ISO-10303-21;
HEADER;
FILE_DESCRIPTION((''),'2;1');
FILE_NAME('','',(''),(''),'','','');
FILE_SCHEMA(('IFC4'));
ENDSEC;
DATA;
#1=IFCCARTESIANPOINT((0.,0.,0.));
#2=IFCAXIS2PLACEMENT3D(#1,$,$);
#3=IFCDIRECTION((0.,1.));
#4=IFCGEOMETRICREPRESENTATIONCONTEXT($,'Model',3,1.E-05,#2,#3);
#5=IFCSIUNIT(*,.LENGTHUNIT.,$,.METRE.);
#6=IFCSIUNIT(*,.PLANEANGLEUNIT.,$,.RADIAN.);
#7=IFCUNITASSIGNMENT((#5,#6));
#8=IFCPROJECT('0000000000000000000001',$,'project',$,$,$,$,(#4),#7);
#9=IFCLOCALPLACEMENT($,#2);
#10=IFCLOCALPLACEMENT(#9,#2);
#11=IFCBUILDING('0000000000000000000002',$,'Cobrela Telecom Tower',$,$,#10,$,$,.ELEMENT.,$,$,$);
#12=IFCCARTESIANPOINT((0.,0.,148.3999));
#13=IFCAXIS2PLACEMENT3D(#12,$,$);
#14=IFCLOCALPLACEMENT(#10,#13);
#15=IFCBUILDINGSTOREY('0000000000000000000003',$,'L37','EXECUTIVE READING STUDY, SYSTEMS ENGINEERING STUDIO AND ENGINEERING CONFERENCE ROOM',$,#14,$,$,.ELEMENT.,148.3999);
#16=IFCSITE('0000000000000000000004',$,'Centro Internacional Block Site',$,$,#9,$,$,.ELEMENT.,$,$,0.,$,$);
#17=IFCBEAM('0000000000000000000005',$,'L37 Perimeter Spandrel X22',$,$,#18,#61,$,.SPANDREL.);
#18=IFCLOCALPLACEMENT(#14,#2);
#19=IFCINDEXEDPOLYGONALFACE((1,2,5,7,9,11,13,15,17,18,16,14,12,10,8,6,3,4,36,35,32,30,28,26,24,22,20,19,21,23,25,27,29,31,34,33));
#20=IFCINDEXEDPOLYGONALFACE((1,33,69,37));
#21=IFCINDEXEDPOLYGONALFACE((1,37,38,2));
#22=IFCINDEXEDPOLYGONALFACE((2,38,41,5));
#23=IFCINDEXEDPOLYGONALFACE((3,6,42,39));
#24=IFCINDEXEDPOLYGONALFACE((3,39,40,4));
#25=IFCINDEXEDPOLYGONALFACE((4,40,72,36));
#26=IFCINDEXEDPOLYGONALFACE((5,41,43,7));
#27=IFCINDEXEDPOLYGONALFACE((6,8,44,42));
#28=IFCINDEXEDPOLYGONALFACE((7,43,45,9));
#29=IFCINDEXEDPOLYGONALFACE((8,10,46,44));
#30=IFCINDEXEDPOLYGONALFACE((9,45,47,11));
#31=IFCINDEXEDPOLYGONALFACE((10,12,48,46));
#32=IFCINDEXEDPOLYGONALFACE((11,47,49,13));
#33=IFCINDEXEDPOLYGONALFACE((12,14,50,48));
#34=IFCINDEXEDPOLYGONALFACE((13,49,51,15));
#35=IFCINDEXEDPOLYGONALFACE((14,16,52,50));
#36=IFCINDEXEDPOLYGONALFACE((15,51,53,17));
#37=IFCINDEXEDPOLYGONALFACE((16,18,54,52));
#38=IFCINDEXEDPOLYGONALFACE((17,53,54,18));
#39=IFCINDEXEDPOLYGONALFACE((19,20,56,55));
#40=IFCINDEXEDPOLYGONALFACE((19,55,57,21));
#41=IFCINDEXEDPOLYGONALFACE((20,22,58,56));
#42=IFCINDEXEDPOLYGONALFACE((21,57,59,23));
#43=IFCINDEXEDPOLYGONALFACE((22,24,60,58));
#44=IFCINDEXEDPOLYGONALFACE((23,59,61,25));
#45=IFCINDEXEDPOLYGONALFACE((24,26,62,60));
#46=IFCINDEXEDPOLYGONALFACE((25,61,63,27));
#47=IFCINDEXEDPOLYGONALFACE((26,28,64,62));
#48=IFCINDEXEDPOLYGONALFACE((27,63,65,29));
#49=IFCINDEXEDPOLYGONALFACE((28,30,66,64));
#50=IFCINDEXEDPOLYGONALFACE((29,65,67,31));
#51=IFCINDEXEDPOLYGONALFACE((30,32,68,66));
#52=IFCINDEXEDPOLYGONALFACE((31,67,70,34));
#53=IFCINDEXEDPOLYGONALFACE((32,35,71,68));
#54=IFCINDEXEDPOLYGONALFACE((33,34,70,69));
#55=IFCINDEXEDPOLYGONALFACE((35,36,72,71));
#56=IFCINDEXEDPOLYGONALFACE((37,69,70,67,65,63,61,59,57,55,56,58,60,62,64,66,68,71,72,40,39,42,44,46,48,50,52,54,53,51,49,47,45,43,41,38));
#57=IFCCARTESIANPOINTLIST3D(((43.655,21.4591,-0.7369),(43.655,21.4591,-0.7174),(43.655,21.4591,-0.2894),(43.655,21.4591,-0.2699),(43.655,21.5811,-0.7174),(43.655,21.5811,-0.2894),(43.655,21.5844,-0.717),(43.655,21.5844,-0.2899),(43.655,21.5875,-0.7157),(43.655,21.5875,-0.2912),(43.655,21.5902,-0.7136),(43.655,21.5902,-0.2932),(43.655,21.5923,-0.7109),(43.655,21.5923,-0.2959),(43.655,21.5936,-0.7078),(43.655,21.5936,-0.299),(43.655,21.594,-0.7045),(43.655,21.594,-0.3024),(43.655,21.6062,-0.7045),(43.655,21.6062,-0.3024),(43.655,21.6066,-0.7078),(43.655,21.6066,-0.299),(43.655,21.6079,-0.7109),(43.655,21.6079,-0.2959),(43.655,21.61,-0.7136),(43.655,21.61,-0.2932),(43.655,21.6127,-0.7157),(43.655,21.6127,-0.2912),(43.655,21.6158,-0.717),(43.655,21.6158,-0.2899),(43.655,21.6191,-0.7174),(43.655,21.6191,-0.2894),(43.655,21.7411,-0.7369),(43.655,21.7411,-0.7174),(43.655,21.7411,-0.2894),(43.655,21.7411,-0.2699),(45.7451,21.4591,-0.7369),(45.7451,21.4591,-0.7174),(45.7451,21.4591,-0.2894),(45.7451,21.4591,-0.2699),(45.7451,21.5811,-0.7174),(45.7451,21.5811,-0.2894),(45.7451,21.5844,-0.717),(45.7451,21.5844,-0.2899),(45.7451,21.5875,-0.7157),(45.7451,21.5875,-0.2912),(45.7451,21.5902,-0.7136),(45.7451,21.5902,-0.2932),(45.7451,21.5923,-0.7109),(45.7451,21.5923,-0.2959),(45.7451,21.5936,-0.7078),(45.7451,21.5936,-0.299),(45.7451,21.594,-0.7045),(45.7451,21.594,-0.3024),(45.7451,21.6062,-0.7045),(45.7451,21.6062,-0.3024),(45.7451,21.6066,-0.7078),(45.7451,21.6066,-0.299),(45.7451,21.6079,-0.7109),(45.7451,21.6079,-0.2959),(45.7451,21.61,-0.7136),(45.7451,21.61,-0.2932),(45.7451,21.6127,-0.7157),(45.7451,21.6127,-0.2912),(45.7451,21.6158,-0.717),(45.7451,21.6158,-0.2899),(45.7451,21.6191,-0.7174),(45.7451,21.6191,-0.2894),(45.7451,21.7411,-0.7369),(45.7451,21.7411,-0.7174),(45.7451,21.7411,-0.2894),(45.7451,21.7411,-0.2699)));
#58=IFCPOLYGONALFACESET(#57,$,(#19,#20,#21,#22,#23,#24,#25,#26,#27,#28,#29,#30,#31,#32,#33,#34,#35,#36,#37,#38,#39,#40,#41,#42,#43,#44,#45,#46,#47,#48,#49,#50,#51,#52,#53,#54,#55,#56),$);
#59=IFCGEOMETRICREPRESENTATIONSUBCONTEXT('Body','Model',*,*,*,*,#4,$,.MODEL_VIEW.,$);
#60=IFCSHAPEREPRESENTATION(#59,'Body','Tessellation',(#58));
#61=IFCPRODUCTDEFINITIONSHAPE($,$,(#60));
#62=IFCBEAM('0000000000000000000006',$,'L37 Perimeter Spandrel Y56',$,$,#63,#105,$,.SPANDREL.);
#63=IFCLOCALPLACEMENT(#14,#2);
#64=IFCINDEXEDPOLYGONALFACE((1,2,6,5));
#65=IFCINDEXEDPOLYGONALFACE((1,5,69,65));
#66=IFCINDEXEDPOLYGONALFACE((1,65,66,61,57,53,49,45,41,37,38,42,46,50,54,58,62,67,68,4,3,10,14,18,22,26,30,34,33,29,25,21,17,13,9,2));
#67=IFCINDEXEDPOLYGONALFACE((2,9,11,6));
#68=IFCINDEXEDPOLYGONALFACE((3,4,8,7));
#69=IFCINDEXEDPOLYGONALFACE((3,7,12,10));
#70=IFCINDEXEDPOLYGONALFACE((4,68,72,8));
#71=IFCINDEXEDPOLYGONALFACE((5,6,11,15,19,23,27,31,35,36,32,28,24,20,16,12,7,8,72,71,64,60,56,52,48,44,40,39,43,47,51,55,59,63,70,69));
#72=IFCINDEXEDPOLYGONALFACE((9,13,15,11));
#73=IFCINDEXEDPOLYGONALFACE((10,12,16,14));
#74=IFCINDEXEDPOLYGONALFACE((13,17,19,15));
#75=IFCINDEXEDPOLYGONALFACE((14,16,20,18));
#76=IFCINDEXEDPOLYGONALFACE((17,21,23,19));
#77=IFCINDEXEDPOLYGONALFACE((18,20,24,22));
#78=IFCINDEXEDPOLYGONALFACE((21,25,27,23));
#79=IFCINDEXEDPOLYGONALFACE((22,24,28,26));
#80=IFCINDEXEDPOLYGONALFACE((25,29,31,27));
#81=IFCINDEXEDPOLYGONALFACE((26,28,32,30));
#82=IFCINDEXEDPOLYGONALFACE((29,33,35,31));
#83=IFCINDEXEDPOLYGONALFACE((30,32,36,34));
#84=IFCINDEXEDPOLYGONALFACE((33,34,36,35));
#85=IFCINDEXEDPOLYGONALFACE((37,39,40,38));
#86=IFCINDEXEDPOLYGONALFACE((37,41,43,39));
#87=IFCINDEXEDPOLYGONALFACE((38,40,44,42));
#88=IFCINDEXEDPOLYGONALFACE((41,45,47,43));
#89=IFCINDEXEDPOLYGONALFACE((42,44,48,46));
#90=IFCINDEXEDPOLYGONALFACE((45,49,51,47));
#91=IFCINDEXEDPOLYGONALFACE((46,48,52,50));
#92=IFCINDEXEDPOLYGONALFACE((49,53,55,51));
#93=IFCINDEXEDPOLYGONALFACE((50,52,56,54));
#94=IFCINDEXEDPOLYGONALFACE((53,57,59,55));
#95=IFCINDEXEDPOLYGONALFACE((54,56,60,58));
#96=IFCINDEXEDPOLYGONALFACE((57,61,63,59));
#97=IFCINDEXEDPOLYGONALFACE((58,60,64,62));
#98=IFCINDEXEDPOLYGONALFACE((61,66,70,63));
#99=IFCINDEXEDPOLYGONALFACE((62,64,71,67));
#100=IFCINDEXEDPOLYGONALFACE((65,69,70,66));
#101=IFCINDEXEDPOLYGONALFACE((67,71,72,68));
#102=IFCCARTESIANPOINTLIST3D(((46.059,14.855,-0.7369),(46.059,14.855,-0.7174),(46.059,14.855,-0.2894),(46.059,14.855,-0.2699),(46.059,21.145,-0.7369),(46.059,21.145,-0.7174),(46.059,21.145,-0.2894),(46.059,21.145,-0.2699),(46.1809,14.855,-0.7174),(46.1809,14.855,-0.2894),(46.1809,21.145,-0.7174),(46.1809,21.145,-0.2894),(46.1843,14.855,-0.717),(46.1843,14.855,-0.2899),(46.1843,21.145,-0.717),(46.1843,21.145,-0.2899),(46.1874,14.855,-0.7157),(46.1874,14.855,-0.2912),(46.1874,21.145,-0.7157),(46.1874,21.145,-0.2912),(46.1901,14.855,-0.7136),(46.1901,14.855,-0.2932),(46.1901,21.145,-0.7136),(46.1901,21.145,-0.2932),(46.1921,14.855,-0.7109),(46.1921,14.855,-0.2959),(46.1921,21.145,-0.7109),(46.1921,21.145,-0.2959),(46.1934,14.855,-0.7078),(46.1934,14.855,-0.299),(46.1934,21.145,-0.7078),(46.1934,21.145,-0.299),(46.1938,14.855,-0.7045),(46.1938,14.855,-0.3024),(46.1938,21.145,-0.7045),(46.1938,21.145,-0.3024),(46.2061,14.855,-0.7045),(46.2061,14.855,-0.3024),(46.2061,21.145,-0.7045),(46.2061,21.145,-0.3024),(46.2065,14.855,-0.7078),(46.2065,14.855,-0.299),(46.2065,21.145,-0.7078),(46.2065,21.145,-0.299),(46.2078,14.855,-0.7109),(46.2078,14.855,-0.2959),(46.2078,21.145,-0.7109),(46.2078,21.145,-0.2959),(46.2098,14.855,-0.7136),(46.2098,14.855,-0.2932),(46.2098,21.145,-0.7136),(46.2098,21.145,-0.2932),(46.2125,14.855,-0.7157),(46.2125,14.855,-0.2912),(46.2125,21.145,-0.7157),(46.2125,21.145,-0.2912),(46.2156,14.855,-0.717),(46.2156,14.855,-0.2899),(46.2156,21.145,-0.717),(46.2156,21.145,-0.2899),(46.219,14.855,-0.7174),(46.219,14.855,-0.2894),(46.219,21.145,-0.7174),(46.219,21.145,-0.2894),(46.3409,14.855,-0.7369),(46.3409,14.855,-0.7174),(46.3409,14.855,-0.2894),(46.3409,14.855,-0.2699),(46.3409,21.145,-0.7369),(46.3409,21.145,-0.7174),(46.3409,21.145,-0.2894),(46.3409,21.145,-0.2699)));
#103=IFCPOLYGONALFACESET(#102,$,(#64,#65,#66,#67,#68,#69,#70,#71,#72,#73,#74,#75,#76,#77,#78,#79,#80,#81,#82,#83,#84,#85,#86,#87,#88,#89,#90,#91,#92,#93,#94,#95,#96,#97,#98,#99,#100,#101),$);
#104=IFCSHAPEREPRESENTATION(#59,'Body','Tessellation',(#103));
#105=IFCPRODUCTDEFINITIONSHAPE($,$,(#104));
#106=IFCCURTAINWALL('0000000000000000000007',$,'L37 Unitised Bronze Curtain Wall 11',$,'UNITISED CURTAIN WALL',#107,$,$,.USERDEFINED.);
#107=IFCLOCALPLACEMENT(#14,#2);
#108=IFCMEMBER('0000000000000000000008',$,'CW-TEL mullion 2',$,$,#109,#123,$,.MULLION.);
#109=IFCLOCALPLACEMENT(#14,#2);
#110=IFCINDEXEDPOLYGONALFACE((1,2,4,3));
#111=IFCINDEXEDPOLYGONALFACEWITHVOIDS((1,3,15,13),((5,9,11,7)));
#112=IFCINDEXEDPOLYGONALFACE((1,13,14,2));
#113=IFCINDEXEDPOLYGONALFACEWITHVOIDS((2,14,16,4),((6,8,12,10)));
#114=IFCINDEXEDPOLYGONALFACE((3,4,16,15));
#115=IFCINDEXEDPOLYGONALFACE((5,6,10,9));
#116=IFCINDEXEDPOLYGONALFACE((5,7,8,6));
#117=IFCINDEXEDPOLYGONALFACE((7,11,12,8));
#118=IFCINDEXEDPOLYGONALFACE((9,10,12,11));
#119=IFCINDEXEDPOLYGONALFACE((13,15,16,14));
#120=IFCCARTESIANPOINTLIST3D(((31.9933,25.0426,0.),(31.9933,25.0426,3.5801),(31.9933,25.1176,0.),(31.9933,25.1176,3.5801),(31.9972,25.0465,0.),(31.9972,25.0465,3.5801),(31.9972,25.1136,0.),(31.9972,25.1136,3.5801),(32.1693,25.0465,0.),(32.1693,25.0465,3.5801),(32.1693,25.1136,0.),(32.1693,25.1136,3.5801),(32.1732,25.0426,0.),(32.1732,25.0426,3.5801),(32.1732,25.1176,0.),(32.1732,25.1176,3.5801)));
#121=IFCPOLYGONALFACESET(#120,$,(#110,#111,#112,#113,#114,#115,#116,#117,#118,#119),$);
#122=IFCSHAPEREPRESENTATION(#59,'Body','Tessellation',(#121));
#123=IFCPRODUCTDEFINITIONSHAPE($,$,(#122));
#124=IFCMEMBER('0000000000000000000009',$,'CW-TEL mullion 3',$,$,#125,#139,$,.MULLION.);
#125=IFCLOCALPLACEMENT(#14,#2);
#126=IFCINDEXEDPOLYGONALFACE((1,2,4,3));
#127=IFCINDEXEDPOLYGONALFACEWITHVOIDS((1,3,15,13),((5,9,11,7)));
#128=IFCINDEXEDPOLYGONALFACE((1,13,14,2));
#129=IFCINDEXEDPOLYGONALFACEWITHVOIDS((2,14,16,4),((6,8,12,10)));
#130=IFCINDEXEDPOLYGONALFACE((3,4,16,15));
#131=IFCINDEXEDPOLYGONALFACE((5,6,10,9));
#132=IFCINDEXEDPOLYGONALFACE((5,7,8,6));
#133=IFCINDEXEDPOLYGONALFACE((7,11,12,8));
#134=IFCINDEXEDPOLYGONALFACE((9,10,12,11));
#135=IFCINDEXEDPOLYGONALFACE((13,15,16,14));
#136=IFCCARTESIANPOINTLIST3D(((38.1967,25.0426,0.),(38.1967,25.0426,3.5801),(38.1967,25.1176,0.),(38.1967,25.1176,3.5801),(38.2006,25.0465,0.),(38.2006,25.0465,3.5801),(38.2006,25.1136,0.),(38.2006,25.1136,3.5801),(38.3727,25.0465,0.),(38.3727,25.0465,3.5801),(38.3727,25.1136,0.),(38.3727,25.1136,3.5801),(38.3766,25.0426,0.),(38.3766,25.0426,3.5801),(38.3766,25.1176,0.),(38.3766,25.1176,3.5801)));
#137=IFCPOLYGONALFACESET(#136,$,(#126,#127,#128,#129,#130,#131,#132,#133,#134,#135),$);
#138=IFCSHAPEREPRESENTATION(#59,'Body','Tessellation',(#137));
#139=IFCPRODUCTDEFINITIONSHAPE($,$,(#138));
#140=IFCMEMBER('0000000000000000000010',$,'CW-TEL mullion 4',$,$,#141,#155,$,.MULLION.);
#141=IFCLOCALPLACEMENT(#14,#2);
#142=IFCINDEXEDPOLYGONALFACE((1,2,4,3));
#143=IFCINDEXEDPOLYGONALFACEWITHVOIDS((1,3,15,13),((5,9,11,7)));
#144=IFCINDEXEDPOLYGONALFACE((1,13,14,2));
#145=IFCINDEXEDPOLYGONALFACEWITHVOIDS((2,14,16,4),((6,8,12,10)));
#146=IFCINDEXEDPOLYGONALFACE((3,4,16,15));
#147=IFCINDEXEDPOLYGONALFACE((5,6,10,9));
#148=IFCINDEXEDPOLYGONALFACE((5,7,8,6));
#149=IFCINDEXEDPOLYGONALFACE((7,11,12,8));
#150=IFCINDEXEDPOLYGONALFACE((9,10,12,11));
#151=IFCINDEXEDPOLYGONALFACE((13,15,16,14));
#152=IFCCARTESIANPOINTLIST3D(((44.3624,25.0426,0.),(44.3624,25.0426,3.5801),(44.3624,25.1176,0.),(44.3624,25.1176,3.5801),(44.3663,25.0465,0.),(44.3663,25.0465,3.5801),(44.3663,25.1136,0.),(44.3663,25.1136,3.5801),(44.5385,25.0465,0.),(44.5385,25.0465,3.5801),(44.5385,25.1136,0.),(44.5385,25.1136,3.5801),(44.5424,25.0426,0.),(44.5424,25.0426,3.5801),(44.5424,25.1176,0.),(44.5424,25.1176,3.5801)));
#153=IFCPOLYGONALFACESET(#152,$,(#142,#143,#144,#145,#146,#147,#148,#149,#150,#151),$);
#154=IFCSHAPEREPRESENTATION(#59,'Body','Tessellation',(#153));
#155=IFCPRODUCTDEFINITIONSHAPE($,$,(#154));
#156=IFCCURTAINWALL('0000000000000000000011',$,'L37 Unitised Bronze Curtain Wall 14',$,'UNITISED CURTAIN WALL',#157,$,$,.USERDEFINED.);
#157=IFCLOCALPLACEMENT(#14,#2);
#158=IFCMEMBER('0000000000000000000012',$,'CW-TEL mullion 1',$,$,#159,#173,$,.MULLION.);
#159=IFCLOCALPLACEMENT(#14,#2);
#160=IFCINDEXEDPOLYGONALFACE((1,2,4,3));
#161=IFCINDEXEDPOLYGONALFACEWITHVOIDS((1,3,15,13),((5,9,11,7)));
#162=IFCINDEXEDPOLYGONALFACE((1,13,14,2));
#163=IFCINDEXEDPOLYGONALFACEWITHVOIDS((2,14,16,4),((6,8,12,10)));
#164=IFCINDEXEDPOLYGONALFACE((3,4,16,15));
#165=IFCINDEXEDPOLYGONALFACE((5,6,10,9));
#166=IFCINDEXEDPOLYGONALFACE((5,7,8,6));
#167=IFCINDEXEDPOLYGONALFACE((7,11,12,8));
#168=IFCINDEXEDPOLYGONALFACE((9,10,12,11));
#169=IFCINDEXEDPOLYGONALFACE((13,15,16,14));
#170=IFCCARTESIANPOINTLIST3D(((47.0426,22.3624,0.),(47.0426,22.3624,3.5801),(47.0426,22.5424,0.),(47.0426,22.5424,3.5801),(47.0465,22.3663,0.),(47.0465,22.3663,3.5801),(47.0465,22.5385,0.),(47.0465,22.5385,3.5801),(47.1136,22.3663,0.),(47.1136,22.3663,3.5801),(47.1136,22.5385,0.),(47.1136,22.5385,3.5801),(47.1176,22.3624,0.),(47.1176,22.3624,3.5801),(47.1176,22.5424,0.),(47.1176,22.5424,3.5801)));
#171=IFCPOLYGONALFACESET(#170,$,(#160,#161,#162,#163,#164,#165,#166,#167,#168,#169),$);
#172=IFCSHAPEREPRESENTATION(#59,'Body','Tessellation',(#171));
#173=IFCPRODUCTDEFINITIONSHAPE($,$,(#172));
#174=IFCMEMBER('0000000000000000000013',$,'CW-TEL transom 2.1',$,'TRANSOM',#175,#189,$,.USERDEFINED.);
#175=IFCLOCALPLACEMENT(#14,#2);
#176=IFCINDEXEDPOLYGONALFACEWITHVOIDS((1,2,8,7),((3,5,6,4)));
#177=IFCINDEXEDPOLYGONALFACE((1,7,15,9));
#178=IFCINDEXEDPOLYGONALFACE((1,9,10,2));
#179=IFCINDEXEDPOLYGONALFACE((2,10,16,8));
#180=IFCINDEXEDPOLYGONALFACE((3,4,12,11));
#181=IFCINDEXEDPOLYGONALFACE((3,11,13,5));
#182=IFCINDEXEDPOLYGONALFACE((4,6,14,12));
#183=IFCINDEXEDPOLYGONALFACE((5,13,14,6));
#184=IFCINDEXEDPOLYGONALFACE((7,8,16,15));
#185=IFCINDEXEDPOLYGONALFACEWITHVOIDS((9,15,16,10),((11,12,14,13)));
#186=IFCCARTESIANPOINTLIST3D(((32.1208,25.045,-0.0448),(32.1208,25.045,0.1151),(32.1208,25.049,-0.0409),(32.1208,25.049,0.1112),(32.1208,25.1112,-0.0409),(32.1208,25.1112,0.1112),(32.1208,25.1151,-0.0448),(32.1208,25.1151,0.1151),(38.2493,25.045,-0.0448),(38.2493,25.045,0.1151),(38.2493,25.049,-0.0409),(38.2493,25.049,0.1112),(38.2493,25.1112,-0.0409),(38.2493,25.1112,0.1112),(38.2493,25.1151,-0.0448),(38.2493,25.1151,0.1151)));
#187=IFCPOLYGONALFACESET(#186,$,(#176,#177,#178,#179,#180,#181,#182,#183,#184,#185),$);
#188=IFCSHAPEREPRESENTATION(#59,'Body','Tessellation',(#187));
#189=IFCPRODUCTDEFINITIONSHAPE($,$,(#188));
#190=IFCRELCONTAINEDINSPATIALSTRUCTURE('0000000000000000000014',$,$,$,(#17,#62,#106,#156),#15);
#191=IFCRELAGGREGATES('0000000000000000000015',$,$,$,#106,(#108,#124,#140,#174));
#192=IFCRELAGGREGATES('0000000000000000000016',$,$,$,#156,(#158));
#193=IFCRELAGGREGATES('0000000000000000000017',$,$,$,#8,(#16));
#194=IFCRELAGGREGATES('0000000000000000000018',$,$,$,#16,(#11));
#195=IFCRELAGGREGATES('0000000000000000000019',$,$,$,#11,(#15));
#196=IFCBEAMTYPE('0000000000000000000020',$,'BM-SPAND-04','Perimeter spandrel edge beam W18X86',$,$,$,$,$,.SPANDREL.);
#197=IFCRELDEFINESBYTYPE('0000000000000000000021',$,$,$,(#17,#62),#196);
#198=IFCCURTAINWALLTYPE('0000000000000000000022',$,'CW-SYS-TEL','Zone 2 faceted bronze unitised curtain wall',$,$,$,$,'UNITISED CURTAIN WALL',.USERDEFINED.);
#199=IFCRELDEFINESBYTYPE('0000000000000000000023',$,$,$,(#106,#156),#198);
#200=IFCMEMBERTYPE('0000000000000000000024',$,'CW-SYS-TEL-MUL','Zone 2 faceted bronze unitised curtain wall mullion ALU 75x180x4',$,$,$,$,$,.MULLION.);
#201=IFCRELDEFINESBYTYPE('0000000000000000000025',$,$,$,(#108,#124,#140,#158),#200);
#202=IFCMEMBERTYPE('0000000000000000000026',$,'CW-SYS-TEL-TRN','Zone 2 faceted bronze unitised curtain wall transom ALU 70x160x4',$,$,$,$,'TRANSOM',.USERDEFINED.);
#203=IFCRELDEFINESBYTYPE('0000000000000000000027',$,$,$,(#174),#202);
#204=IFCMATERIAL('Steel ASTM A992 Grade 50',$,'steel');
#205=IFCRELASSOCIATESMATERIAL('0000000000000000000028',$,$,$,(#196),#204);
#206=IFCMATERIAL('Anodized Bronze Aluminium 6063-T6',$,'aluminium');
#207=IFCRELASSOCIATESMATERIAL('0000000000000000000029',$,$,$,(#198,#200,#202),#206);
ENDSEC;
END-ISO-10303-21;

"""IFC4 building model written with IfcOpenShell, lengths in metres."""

from ifc_helpers import new_model, si_unit, direction, frame, origin, origin_2d, place, context, subcontext, project, spatial, hollow_rectangle, i_section, extrude, material, material_profile, profile_set, type_object, element, aggregate, save


model = new_model("IFC4")

# Units and contexts
model_context = context("Model", 3, precision=1e-05, world=origin(), true_north=direction((0.0, 1.0)))
body_context = subcontext(model_context, "Body", "Model", "MODEL_VIEW")
ifc_project = project(units=[si_unit("LENGTHUNIT", "METRE"), si_unit("PLANEANGLEUNIT", "RADIAN")], contexts=[model_context])

# Site, building, storey
site_placement = place(None, origin())
site = spatial("IfcSite", under=ifc_project, at=site_placement, Name="Centro Internacional Block Site", CompositionType="ELEMENT", RefElevation=0.0)
building_placement = place(site_placement, origin())
building = spatial("IfcBuilding", under=site, at=building_placement, Name="Cobrela Telecom Tower", CompositionType="ELEMENT")
storey_placement = place(building_placement, frame((0.0, 0.0, 148.3999)))
storey = spatial("IfcBuildingStorey", under=building, at=storey_placement, Name="L37", Description="EXECUTIVE READING STUDY, SYSTEMS ENGINEERING STUDIO AND ENGINEERING CONFERENCE ROOM", CompositionType="ELEMENT", Elevation=148.3999)

# Shared definitions
ifc_material_1 = material(Name="Steel ASTM A992 Grade 50", Category="steel")

# Beams
ifc_material_profile_1 = material_profile(ifc_material_1, i_section(OverallWidth=0.282, OverallDepth=0.467, WebThickness=0.0122, FlangeThickness=0.0195, FilletRadius=0.0129, at=origin_2d()), Name="W18X86")
ifc_profile_set_1 = profile_set([ifc_material_profile_1], Name="Steel ASTM A992 Grade 50")
beam_type_1 = type_object("IfcBeamType", Name="BM-SPAND-04", Description="Perimeter spandrel edge beam W18X86", PredefinedType="SPANDREL", material=ifc_profile_set_1)
beam_1_placement = place(storey_placement, frame((43.655, 21.6001, -0.5034), z_axis=(1.0, 0.0, 0.0), x_axis=(0.0, 1.0, 0.0)))
element("IfcBeam", 1, at=beam_1_placement, inside=storey, type_object=beam_type_1, Name="L37 Perimeter Spandrel X22", PredefinedType="SPANDREL", context=body_context, shape_type="SweptSolid", body=[
    extrude(i_section(OverallWidth=0.282, OverallDepth=0.467, WebThickness=0.0122, FlangeThickness=0.0195, FilletRadius=0.0129, at=origin_2d()), origin(), (0.0, 0.0, 1.0), 2.0901),
])
beam_2_placement = place(storey_placement, frame((46.2, 14.855, -0.5034), z_axis=(0.0, 1.0, 0.0), x_axis=(-1.0, 0.0, 0.0)))
element("IfcBeam", 2, at=beam_2_placement, inside=storey, type_object=beam_type_1, Name="L37 Perimeter Spandrel Y56", PredefinedType="SPANDREL", context=body_context, shape_type="SweptSolid", body=[
    extrude(i_section(OverallWidth=0.282, OverallDepth=0.467, WebThickness=0.0122, FlangeThickness=0.0195, FilletRadius=0.0129, at=origin_2d()), origin(), (0.0, 0.0, 1.0), 6.29),
])

# Curtain wall, members
ifc_material_2 = material(Name="Anodized Bronze Aluminium 6063-T6", Category="aluminium")
curtain_wall_type = type_object("IfcCurtainWallType", Name="CW-SYS-TEL", Description="Zone 2 faceted bronze unitised curtain wall", ElementType="UNITISED CURTAIN WALL", PredefinedType="USERDEFINED", material=ifc_material_2)
curtain_wall_1_placement = place(storey_placement, origin())
curtain_wall_1 = element("IfcCurtainWall", 3, at=curtain_wall_1_placement, inside=storey, type_object=curtain_wall_type, Name="L37 Unitised Bronze Curtain Wall 11", ObjectType="UNITISED CURTAIN WALL", PredefinedType="USERDEFINED")
ifc_material_profile_2 = material_profile(ifc_material_2, hollow_rectangle(XDim=0.075, YDim=0.1799, WallThickness=0.0039, at=origin_2d()), Name="ALU 75x180x4")
ifc_profile_set_2 = profile_set([ifc_material_profile_2], Name="Anodized Bronze Aluminium 6063-T6")
member_type_1 = type_object("IfcMemberType", Name="CW-SYS-TEL-MUL", Description="Zone 2 faceted bronze unitised curtain wall mullion ALU 75x180x4", PredefinedType="MULLION", material=ifc_profile_set_2)
member_1_placement = place(storey_placement, frame((32.0833, 25.0801, 0.0), z_axis=(0.0, 0.0, 1.0), x_axis=(0.0, 1.0, 0.0)))
member_1 = element("IfcMember", 4, at=member_1_placement, type_object=member_type_1, Name="CW-TEL mullion 2", PredefinedType="MULLION", context=body_context, shape_type="SweptSolid", body=[
    extrude(hollow_rectangle(XDim=0.075, YDim=0.1799, WallThickness=0.0039, at=origin_2d()), origin(), (0.0, 0.0, 1.0), 3.5801),
])
member_2_placement = place(storey_placement, frame((38.2866, 25.0801, 0.0), z_axis=(0.0, 0.0, 1.0), x_axis=(0.0, 1.0, 0.0)))
member_2 = element("IfcMember", 5, at=member_2_placement, type_object=member_type_1, Name="CW-TEL mullion 3", PredefinedType="MULLION", context=body_context, shape_type="SweptSolid", body=[
    extrude(hollow_rectangle(XDim=0.075, YDim=0.1799, WallThickness=0.0039, at=origin_2d()), origin(), (0.0, 0.0, 1.0), 3.5801),
])
member_3_placement = place(storey_placement, frame((44.4524, 25.0801, 0.0), z_axis=(0.0, 0.0, 1.0), x_axis=(0.0, 1.0, 0.0)))
member_3 = element("IfcMember", 6, at=member_3_placement, type_object=member_type_1, Name="CW-TEL mullion 4", PredefinedType="MULLION", context=body_context, shape_type="SweptSolid", body=[
    extrude(hollow_rectangle(XDim=0.075, YDim=0.1799, WallThickness=0.0039, at=origin_2d()), origin(), (0.0, 0.0, 1.0), 3.5801),
])

# Curtain wall, member
curtain_wall_2_placement = place(storey_placement, origin())
curtain_wall_2 = element("IfcCurtainWall", 7, at=curtain_wall_2_placement, inside=storey, type_object=curtain_wall_type, Name="L37 Unitised Bronze Curtain Wall 14", ObjectType="UNITISED CURTAIN WALL", PredefinedType="USERDEFINED")
member_4_placement = place(storey_placement, frame((47.0801, 22.4524, 0.0), z_axis=(0.0, 0.0, 1.0), x_axis=(1.0, 0.0, 0.0)))
member_4 = element("IfcMember", 8, at=member_4_placement, type_object=member_type_1, Name="CW-TEL mullion 1", PredefinedType="MULLION", context=body_context, shape_type="SweptSolid", body=[
    extrude(hollow_rectangle(XDim=0.075, YDim=0.1799, WallThickness=0.0039, at=origin_2d()), origin(), (0.0, 0.0, 1.0), 3.5801),
])

# Member
ifc_material_profile_3 = material_profile(ifc_material_2, hollow_rectangle(XDim=0.0701, YDim=0.1599, WallThickness=0.0039, at=origin_2d()), Name="ALU 70x160x4")
ifc_profile_set_3 = profile_set([ifc_material_profile_3], Name="Anodized Bronze Aluminium 6063-T6")
member_type_2 = type_object("IfcMemberType", Name="CW-SYS-TEL-TRN", Description="Zone 2 faceted bronze unitised curtain wall transom ALU 70x160x4", ElementType="TRANSOM", PredefinedType="USERDEFINED", material=ifc_profile_set_3)
member_5_placement = place(storey_placement, frame((32.1208, 25.0801, 0.0352), z_axis=(1.0, 0.0, 0.0), x_axis=(0.0, 1.0, 0.0)))
member_5 = element("IfcMember", 9, at=member_5_placement, type_object=member_type_2, Name="CW-TEL transom 2.1", ObjectType="TRANSOM", PredefinedType="USERDEFINED", context=body_context, shape_type="SweptSolid", body=[
    extrude(hollow_rectangle(XDim=0.0701, YDim=0.1599, WallThickness=0.0039, at=origin_2d()), origin(), (0.0, 0.0, 1.0), 6.1284),
])

aggregate(curtain_wall_1, [member_1, member_2, member_3, member_5])
aggregate(curtain_wall_2, [member_4])

save(model, "model.ifc")
